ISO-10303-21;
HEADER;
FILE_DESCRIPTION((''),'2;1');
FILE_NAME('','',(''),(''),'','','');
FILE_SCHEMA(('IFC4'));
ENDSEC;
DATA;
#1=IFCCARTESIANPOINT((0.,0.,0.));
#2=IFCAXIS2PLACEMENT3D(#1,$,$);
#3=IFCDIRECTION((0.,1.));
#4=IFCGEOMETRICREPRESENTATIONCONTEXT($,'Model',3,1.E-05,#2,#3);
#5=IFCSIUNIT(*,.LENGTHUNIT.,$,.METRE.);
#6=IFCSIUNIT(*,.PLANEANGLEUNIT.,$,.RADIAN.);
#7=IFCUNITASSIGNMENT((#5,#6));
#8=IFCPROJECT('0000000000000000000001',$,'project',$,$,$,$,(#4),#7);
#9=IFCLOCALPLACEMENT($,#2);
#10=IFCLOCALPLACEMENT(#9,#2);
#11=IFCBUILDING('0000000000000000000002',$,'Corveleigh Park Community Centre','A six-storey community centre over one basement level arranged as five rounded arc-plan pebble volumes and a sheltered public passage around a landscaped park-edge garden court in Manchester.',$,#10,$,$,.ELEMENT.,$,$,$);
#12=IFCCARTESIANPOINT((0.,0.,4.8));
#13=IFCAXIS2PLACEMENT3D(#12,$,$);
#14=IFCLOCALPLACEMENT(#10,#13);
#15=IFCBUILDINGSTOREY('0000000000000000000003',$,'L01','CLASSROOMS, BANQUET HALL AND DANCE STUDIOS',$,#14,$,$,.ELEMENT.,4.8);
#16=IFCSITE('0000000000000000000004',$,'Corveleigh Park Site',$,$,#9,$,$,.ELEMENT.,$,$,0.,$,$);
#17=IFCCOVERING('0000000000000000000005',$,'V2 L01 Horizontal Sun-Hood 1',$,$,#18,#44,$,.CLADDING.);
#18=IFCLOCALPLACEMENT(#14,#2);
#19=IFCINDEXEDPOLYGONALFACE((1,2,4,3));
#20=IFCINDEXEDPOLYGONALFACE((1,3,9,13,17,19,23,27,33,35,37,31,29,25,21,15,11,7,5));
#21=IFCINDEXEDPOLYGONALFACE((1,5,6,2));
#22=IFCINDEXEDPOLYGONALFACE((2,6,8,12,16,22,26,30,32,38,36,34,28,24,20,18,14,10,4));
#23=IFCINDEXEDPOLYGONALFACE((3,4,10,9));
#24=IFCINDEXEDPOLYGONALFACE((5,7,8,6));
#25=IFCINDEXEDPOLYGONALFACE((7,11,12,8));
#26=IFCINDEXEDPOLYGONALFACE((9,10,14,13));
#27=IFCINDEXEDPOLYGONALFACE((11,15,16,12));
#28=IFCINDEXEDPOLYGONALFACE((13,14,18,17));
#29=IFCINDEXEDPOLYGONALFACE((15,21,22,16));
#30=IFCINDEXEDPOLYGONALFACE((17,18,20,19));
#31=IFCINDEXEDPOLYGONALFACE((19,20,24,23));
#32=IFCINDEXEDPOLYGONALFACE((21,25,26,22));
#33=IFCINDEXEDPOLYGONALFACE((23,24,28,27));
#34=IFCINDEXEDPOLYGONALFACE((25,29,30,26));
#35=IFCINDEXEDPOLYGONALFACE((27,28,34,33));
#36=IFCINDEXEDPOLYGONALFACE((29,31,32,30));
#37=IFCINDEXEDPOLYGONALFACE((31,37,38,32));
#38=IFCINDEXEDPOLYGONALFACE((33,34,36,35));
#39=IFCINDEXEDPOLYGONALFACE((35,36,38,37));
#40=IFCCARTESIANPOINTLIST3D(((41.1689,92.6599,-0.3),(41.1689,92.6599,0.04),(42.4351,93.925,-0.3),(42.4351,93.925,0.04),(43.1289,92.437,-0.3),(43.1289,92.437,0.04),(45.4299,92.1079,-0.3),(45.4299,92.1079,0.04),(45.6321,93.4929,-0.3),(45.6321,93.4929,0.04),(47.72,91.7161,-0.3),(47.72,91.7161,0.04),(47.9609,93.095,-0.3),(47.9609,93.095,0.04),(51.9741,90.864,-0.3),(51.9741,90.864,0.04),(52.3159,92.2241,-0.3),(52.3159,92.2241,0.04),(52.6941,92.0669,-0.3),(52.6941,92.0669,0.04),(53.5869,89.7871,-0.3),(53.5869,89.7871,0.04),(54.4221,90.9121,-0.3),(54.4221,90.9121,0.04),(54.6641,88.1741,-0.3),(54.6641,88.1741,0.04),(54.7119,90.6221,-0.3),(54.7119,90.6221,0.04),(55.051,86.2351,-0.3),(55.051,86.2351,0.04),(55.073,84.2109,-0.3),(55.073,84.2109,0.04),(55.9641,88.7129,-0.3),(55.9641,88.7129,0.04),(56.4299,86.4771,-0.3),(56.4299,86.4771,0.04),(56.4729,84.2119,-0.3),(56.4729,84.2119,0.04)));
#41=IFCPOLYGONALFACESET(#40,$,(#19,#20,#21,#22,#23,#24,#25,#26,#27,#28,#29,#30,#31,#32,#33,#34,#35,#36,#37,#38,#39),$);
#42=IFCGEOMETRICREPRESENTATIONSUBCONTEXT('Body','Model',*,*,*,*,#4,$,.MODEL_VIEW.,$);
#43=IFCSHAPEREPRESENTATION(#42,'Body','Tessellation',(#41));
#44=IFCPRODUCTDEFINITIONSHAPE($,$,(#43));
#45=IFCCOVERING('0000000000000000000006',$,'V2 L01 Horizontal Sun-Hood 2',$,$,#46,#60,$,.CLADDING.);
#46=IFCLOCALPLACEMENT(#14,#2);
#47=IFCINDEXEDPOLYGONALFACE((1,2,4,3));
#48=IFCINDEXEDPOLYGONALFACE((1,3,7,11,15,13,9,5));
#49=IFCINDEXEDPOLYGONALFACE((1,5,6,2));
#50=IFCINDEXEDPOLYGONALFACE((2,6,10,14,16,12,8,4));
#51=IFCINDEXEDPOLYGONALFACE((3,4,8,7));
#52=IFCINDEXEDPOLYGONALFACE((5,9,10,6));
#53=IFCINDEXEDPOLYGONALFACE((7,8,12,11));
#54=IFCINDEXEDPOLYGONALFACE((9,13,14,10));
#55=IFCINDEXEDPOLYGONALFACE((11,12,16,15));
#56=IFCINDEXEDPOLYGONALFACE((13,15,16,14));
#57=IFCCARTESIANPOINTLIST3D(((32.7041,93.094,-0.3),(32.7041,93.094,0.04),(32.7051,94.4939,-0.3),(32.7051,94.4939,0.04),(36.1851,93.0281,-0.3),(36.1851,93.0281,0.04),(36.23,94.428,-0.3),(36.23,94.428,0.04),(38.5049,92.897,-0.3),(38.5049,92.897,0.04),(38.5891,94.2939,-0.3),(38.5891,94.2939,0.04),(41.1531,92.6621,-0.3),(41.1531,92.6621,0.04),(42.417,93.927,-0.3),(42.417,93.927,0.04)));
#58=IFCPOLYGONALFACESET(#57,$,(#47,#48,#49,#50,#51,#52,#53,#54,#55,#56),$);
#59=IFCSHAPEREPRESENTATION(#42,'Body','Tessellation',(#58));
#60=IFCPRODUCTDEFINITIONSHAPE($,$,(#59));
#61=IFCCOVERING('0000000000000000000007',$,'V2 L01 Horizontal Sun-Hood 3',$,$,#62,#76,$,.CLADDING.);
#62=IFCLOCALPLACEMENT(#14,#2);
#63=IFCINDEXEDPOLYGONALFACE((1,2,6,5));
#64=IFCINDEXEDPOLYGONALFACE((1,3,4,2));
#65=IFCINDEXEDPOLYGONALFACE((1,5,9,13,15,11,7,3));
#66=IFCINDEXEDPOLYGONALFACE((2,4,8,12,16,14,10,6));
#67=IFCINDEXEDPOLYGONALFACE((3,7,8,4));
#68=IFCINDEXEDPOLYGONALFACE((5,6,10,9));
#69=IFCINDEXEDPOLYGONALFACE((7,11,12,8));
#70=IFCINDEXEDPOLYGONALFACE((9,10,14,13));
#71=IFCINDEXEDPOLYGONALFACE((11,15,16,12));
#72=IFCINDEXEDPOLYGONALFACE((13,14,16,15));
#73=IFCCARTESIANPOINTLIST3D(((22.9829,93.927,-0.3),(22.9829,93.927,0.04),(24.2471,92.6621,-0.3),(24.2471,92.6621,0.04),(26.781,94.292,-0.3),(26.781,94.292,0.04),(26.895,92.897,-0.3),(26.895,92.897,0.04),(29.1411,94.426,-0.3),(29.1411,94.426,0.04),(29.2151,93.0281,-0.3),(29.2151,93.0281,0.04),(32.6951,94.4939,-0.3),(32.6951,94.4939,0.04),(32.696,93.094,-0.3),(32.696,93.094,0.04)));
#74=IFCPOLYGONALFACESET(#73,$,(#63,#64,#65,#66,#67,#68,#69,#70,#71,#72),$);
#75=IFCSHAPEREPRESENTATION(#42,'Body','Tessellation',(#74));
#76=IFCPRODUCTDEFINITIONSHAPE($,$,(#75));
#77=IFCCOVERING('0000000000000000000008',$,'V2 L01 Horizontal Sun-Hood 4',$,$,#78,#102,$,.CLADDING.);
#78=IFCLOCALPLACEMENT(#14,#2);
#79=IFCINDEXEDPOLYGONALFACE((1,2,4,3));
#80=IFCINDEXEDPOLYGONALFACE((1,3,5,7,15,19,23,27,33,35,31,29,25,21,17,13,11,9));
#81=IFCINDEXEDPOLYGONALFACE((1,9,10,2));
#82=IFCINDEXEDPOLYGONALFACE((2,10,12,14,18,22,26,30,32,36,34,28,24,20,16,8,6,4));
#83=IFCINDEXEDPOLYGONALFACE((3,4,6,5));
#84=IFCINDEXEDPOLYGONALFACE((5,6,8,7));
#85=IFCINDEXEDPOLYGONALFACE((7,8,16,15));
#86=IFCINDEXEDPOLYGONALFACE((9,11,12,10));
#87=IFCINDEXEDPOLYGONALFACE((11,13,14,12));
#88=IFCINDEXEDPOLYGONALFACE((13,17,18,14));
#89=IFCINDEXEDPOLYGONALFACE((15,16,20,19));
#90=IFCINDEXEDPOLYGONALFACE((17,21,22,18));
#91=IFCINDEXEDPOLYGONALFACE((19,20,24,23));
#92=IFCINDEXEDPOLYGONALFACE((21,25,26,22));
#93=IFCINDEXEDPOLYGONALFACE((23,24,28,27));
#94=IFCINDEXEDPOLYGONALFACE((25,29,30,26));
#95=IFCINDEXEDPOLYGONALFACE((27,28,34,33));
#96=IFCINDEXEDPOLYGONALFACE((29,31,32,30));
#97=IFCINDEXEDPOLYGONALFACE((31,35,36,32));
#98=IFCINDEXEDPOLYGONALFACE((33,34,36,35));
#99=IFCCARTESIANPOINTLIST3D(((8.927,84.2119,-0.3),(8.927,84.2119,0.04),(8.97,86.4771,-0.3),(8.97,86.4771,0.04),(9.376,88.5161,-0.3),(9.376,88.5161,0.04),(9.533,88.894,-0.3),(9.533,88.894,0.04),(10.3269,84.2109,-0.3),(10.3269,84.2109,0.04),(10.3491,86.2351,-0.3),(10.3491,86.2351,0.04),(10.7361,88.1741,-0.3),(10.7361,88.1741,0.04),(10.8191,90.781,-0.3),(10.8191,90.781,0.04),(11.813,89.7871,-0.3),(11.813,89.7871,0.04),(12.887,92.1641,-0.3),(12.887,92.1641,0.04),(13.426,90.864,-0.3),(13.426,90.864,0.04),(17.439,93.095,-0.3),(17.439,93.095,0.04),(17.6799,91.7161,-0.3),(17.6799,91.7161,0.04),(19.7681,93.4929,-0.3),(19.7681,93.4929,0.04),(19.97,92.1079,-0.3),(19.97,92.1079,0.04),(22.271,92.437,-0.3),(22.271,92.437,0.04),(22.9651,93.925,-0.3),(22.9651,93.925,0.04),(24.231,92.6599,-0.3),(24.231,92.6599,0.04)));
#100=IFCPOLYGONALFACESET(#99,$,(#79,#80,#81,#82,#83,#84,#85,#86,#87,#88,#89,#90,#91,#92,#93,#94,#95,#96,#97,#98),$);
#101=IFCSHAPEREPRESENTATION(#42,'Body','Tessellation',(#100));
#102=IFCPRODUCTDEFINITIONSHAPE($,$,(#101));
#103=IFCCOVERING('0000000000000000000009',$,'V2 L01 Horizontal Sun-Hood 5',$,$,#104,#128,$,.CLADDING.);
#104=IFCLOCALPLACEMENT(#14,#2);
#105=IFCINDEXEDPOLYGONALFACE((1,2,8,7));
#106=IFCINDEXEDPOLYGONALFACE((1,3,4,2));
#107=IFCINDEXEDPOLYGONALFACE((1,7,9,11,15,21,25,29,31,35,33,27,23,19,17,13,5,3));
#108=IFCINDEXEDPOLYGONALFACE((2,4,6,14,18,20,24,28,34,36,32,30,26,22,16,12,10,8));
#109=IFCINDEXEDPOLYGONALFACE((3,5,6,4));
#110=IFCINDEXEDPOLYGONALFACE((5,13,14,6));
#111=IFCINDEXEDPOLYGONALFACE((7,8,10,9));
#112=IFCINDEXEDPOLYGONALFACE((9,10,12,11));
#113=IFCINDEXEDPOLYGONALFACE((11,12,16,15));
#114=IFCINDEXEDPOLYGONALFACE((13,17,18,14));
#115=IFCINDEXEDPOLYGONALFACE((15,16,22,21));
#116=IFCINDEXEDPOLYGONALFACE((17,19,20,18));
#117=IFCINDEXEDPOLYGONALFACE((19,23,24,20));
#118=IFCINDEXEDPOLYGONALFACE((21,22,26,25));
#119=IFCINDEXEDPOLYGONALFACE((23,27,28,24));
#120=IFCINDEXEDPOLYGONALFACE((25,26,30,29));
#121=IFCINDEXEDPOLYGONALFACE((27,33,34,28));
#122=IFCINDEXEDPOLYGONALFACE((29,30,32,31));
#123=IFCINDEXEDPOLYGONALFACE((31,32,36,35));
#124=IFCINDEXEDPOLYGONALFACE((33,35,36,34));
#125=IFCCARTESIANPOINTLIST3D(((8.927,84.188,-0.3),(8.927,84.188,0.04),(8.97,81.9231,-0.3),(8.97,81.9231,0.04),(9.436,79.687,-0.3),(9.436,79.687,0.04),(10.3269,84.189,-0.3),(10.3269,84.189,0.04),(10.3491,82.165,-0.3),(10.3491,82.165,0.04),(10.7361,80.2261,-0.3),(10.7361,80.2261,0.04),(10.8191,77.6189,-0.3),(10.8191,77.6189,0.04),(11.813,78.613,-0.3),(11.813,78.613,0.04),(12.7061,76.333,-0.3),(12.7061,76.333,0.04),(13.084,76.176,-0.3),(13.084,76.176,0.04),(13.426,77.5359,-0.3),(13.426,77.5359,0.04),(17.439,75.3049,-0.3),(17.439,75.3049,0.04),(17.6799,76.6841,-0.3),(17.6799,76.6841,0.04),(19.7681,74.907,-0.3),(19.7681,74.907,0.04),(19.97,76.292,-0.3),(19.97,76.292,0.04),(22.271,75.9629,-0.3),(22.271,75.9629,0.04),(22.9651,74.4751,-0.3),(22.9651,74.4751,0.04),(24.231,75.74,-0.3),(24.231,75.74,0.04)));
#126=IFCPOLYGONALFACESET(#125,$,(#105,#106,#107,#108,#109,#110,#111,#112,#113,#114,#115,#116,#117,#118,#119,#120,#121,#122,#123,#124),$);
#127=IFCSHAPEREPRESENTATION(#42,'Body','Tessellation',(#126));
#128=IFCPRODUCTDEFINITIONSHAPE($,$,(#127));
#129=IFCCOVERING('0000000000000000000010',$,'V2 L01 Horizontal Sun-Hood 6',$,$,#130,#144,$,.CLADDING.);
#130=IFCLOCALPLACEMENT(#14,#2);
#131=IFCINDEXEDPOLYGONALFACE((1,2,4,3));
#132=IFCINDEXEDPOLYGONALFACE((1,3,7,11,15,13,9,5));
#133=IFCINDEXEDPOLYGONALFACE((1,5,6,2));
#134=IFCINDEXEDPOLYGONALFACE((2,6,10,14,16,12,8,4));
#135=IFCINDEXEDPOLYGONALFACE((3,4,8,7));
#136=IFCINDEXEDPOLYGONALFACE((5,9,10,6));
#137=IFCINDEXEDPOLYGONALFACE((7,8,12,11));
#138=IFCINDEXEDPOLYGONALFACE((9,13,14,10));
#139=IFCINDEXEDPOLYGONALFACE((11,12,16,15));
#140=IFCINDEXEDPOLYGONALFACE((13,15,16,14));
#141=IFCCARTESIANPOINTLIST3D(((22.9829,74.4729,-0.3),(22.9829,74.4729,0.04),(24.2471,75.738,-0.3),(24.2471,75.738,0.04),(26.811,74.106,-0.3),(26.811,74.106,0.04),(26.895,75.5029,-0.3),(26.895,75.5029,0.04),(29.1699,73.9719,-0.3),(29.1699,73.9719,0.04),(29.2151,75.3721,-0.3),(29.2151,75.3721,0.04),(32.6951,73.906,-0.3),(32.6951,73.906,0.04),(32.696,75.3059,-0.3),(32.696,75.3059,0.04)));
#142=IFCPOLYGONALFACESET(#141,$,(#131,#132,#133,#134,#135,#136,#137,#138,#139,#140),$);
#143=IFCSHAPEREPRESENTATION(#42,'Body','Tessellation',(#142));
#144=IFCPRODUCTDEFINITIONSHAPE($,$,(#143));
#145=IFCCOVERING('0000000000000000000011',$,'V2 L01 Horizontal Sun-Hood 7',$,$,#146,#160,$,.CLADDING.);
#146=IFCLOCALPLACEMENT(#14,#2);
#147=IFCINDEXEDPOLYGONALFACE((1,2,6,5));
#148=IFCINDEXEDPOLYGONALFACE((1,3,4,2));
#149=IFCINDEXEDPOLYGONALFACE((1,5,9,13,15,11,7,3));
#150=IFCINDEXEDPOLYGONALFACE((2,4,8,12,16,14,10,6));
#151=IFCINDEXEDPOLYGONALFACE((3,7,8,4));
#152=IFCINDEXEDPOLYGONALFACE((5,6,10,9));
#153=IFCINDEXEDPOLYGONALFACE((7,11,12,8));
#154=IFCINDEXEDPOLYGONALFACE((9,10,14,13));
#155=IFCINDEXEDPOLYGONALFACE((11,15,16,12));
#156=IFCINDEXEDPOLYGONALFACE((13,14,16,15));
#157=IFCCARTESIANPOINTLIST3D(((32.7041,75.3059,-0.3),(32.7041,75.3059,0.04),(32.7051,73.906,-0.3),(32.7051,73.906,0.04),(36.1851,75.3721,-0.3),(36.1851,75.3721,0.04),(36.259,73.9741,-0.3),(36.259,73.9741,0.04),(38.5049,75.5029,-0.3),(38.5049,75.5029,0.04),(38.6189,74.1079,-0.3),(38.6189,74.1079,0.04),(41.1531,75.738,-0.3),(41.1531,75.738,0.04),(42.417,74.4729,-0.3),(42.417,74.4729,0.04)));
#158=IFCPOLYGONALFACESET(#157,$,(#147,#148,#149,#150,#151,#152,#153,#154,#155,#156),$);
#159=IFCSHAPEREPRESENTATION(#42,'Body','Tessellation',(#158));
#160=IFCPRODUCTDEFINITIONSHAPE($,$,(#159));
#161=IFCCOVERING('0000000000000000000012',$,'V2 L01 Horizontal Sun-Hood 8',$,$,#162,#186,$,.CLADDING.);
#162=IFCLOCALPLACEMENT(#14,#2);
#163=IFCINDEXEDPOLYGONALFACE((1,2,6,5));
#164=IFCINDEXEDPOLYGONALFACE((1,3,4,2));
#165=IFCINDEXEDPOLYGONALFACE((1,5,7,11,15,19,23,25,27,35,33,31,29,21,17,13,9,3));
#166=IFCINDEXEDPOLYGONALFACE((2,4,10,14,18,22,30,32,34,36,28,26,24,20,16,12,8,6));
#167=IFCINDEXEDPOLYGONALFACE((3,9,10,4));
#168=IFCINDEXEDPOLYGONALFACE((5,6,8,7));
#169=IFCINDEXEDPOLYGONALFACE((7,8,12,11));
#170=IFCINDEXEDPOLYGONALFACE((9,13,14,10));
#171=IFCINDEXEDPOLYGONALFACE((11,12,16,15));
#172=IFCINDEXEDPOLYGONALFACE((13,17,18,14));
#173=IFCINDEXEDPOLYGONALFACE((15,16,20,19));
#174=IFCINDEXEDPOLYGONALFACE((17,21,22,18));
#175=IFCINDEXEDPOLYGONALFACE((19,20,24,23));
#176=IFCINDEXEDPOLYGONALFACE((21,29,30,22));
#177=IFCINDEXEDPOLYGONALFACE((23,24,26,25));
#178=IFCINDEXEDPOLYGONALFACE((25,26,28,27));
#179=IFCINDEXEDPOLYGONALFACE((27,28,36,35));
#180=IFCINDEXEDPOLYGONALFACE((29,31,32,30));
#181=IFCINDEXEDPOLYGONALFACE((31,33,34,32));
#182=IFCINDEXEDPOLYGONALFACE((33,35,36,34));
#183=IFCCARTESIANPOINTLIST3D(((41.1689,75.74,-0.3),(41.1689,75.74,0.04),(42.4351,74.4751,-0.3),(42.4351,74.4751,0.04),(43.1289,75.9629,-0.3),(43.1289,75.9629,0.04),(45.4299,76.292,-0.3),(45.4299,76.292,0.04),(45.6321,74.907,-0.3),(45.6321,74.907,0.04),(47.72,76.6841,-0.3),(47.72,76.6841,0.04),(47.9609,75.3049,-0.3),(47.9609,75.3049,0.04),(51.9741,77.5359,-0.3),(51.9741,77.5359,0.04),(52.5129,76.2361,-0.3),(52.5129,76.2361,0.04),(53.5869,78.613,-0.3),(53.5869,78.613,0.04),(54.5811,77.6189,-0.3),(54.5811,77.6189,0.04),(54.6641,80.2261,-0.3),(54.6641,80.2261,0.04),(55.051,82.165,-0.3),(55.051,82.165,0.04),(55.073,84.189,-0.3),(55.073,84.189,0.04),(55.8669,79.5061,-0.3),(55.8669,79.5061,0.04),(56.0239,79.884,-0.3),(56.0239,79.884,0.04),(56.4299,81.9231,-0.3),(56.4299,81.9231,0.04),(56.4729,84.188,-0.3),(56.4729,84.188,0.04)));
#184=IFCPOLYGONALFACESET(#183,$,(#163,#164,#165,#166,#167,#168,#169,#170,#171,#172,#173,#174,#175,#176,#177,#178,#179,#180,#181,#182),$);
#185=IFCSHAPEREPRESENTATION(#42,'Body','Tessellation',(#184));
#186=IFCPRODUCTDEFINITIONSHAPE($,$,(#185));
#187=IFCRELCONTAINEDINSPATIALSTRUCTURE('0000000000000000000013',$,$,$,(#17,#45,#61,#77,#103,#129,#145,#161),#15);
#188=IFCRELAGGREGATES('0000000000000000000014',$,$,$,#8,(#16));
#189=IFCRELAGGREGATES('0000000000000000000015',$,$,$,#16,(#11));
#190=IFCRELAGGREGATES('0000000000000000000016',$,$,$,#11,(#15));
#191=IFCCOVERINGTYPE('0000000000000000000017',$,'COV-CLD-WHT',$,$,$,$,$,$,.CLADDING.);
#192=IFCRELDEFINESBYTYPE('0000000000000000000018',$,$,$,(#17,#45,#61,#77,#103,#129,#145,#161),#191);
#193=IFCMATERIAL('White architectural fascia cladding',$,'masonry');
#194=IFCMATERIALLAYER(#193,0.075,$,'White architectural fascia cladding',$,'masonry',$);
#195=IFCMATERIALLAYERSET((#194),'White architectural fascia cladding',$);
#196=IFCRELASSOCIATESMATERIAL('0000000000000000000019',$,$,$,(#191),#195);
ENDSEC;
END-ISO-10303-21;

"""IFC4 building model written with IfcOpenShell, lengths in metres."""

from ifc_helpers import new_model, si_unit, direction, frame, origin, place, context, subcontext, project, spatial, polyline, outline, extrude, material, layer, layer_set, type_object, element, save


model = new_model("IFC4")

# Units and contexts
model_context = context("Model", 3, precision=1e-05, world=origin(), true_north=direction((0.0, 1.0)))
body_context = subcontext(model_context, "Body", "Model", "MODEL_VIEW")
ifc_project = project(units=[si_unit("LENGTHUNIT", "METRE"), si_unit("PLANEANGLEUNIT", "RADIAN")], contexts=[model_context])

# Site, building, storey
site_placement = place(None, origin())
site = spatial("IfcSite", under=ifc_project, at=site_placement, Name="Corveleigh Park Site", CompositionType="ELEMENT", RefElevation=0.0)
building_placement = place(site_placement, origin())
building = spatial("IfcBuilding", under=site, at=building_placement, Name="Corveleigh Park Community Centre", Description="A six-storey community centre over one basement level arranged as five rounded arc-plan pebble volumes and a sheltered public passage around a landscaped park-edge garden court in Manchester.", CompositionType="ELEMENT")
storey_placement = place(building_placement, frame((0.0, 0.0, 4.8)))
storey = spatial("IfcBuildingStorey", under=building, at=storey_placement, Name="L01", Description="CLASSROOMS, BANQUET HALL AND DANCE STUDIOS", CompositionType="ELEMENT", Elevation=4.8)

# Coverings
ifc_material = material(Name="White architectural fascia cladding", Category="masonry")
ifc_layer = layer(ifc_material, 0.075, Name="White architectural fascia cladding", Category="masonry")
ifc_layer_set = layer_set([ifc_layer], Name="White architectural fascia cladding")
covering_type = type_object("IfcCoveringType", Name="COV-CLD-WHT", PredefinedType="CLADDING", material=ifc_layer_set)
covering_1_placement = place(storey_placement, frame((0.0, 0.0, -0.3)))
element("IfcCovering", 1, at=covering_1_placement, inside=storey, type_object=covering_type, Name="V2 L01 Horizontal Sun-Hood 1", PredefinedType="CLADDING", context=body_context, shape_type="SweptSolid", body=[
    extrude(outline(polyline([(42.4351, 93.925), (45.6321, 93.4929), (47.9609, 93.095), (52.3159, 92.2241), (52.6941, 92.0669), (54.4221, 90.9121), (54.7119, 90.6221), (55.9641, 88.7129), (56.4299, 86.4771), (56.4729, 84.2119), (55.073, 84.2109), (55.051, 86.2351), (54.6641, 88.1741), (53.5869, 89.7871), (51.9741, 90.864), (47.72, 91.7161), (45.4299, 92.1079), (43.1289, 92.437), (41.1689, 92.6599), (42.4351, 93.925)])), origin(), (0.0, 0.0, 1.0), 0.3401),
])
covering_2_placement = place(storey_placement, frame((0.0, 0.0, -0.3)))
element("IfcCovering", 2, at=covering_2_placement, inside=storey, type_object=covering_type, Name="V2 L01 Horizontal Sun-Hood 2", PredefinedType="CLADDING", context=body_context, shape_type="SweptSolid", body=[
    extrude(outline(polyline([(32.7051, 94.4939), (36.23, 94.428), (38.5891, 94.2939), (42.417, 93.927), (41.1531, 92.6621), (38.5049, 92.897), (36.1851, 93.0281), (32.7041, 93.094), (32.7051, 94.4939)])), origin(), (0.0, 0.0, 1.0), 0.3401),
])
covering_3_placement = place(storey_placement, frame((0.0, 0.0, -0.3)))
element("IfcCovering", 3, at=covering_3_placement, inside=storey, type_object=covering_type, Name="V2 L01 Horizontal Sun-Hood 3", PredefinedType="CLADDING", context=body_context, shape_type="SweptSolid", body=[
    extrude(outline(polyline([(22.9829, 93.927), (26.781, 94.292), (29.1411, 94.426), (32.6951, 94.4939), (32.696, 93.094), (29.2151, 93.0281), (26.895, 92.897), (24.2471, 92.6621), (22.9829, 93.927)])), origin(), (0.0, 0.0, 1.0), 0.3401),
])
covering_4_placement = place(storey_placement, frame((0.0, 0.0, -0.3)))
element("IfcCovering", 4, at=covering_4_placement, inside=storey, type_object=covering_type, Name="V2 L01 Horizontal Sun-Hood 4", PredefinedType="CLADDING", context=body_context, shape_type="SweptSolid", body=[
    extrude(outline(polyline([(8.927, 84.2119), (8.97, 86.4771), (9.376, 88.5161), (9.533, 88.894), (10.8191, 90.781), (12.887, 92.1641), (17.439, 93.095), (19.7681, 93.4929), (22.9651, 93.925), (24.231, 92.6599), (22.271, 92.437), (19.97, 92.1079), (17.6799, 91.7161), (13.426, 90.864), (11.813, 89.7871), (10.7361, 88.1741), (10.3491, 86.2351), (10.3269, 84.2109), (8.927, 84.2119)])), origin(), (0.0, 0.0, 1.0), 0.3401),
])
covering_5_placement = place(storey_placement, frame((0.0, 0.0, -0.3)))
element("IfcCovering", 5, at=covering_5_placement, inside=storey, type_object=covering_type, Name="V2 L01 Horizontal Sun-Hood 5", PredefinedType="CLADDING", context=body_context, shape_type="SweptSolid", body=[
    extrude(outline(polyline([(12.7061, 76.333), (10.8191, 77.6189), (9.436, 79.687), (8.97, 81.9231), (8.927, 84.188), (10.3269, 84.189), (10.3491, 82.165), (10.7361, 80.2261), (11.813, 78.613), (13.426, 77.5359), (17.6799, 76.6841), (19.97, 76.292), (22.271, 75.9629), (24.231, 75.74), (22.9651, 74.4751), (19.7681, 74.907), (17.439, 75.3049), (13.084, 76.176), (12.7061, 76.333)])), origin(), (0.0, 0.0, 1.0), 0.3401),
])
covering_6_placement = place(storey_placement, frame((0.0, 0.0, -0.3)))
element("IfcCovering", 6, at=covering_6_placement, inside=storey, type_object=covering_type, Name="V2 L01 Horizontal Sun-Hood 6", PredefinedType="CLADDING", context=body_context, shape_type="SweptSolid", body=[
    extrude(outline(polyline([(32.6951, 73.906), (29.1699, 73.9719), (26.811, 74.106), (22.9829, 74.4729), (24.2471, 75.738), (26.895, 75.5029), (29.2151, 75.3721), (32.696, 75.3059), (32.6951, 73.906)])), origin(), (0.0, 0.0, 1.0), 0.3401),
])
covering_7_placement = place(storey_placement, frame((0.0, 0.0, -0.3)))
element("IfcCovering", 7, at=covering_7_placement, inside=storey, type_object=covering_type, Name="V2 L01 Horizontal Sun-Hood 7", PredefinedType="CLADDING", context=body_context, shape_type="SweptSolid", body=[
    extrude(outline(polyline([(42.417, 74.4729), (38.6189, 74.1079), (36.259, 73.9741), (32.7051, 73.906), (32.7041, 75.3059), (36.1851, 75.3721), (38.5049, 75.5029), (41.1531, 75.738), (42.417, 74.4729)])), origin(), (0.0, 0.0, 1.0), 0.3401),
])
covering_8_placement = place(storey_placement, frame((0.0, 0.0, -0.3)))
element("IfcCovering", 8, at=covering_8_placement, inside=storey, type_object=covering_type, Name="V2 L01 Horizontal Sun-Hood 8", PredefinedType="CLADDING", context=body_context, shape_type="SweptSolid", body=[
    extrude(outline(polyline([(56.4729, 84.188), (56.4299, 81.9231), (56.0239, 79.884), (55.8669, 79.5061), (54.5811, 77.6189), (52.5129, 76.2361), (47.9609, 75.3049), (45.6321, 74.907), (42.4351, 74.4751), (41.1689, 75.74), (43.1289, 75.9629), (45.4299, 76.292), (47.72, 76.6841), (51.9741, 77.5359), (53.5869, 78.613), (54.6641, 80.2261), (55.051, 82.165), (55.073, 84.189), (56.4729, 84.188)])), origin(), (0.0, 0.0, 1.0), 0.3401),
])

save(model, "model.ifc")
